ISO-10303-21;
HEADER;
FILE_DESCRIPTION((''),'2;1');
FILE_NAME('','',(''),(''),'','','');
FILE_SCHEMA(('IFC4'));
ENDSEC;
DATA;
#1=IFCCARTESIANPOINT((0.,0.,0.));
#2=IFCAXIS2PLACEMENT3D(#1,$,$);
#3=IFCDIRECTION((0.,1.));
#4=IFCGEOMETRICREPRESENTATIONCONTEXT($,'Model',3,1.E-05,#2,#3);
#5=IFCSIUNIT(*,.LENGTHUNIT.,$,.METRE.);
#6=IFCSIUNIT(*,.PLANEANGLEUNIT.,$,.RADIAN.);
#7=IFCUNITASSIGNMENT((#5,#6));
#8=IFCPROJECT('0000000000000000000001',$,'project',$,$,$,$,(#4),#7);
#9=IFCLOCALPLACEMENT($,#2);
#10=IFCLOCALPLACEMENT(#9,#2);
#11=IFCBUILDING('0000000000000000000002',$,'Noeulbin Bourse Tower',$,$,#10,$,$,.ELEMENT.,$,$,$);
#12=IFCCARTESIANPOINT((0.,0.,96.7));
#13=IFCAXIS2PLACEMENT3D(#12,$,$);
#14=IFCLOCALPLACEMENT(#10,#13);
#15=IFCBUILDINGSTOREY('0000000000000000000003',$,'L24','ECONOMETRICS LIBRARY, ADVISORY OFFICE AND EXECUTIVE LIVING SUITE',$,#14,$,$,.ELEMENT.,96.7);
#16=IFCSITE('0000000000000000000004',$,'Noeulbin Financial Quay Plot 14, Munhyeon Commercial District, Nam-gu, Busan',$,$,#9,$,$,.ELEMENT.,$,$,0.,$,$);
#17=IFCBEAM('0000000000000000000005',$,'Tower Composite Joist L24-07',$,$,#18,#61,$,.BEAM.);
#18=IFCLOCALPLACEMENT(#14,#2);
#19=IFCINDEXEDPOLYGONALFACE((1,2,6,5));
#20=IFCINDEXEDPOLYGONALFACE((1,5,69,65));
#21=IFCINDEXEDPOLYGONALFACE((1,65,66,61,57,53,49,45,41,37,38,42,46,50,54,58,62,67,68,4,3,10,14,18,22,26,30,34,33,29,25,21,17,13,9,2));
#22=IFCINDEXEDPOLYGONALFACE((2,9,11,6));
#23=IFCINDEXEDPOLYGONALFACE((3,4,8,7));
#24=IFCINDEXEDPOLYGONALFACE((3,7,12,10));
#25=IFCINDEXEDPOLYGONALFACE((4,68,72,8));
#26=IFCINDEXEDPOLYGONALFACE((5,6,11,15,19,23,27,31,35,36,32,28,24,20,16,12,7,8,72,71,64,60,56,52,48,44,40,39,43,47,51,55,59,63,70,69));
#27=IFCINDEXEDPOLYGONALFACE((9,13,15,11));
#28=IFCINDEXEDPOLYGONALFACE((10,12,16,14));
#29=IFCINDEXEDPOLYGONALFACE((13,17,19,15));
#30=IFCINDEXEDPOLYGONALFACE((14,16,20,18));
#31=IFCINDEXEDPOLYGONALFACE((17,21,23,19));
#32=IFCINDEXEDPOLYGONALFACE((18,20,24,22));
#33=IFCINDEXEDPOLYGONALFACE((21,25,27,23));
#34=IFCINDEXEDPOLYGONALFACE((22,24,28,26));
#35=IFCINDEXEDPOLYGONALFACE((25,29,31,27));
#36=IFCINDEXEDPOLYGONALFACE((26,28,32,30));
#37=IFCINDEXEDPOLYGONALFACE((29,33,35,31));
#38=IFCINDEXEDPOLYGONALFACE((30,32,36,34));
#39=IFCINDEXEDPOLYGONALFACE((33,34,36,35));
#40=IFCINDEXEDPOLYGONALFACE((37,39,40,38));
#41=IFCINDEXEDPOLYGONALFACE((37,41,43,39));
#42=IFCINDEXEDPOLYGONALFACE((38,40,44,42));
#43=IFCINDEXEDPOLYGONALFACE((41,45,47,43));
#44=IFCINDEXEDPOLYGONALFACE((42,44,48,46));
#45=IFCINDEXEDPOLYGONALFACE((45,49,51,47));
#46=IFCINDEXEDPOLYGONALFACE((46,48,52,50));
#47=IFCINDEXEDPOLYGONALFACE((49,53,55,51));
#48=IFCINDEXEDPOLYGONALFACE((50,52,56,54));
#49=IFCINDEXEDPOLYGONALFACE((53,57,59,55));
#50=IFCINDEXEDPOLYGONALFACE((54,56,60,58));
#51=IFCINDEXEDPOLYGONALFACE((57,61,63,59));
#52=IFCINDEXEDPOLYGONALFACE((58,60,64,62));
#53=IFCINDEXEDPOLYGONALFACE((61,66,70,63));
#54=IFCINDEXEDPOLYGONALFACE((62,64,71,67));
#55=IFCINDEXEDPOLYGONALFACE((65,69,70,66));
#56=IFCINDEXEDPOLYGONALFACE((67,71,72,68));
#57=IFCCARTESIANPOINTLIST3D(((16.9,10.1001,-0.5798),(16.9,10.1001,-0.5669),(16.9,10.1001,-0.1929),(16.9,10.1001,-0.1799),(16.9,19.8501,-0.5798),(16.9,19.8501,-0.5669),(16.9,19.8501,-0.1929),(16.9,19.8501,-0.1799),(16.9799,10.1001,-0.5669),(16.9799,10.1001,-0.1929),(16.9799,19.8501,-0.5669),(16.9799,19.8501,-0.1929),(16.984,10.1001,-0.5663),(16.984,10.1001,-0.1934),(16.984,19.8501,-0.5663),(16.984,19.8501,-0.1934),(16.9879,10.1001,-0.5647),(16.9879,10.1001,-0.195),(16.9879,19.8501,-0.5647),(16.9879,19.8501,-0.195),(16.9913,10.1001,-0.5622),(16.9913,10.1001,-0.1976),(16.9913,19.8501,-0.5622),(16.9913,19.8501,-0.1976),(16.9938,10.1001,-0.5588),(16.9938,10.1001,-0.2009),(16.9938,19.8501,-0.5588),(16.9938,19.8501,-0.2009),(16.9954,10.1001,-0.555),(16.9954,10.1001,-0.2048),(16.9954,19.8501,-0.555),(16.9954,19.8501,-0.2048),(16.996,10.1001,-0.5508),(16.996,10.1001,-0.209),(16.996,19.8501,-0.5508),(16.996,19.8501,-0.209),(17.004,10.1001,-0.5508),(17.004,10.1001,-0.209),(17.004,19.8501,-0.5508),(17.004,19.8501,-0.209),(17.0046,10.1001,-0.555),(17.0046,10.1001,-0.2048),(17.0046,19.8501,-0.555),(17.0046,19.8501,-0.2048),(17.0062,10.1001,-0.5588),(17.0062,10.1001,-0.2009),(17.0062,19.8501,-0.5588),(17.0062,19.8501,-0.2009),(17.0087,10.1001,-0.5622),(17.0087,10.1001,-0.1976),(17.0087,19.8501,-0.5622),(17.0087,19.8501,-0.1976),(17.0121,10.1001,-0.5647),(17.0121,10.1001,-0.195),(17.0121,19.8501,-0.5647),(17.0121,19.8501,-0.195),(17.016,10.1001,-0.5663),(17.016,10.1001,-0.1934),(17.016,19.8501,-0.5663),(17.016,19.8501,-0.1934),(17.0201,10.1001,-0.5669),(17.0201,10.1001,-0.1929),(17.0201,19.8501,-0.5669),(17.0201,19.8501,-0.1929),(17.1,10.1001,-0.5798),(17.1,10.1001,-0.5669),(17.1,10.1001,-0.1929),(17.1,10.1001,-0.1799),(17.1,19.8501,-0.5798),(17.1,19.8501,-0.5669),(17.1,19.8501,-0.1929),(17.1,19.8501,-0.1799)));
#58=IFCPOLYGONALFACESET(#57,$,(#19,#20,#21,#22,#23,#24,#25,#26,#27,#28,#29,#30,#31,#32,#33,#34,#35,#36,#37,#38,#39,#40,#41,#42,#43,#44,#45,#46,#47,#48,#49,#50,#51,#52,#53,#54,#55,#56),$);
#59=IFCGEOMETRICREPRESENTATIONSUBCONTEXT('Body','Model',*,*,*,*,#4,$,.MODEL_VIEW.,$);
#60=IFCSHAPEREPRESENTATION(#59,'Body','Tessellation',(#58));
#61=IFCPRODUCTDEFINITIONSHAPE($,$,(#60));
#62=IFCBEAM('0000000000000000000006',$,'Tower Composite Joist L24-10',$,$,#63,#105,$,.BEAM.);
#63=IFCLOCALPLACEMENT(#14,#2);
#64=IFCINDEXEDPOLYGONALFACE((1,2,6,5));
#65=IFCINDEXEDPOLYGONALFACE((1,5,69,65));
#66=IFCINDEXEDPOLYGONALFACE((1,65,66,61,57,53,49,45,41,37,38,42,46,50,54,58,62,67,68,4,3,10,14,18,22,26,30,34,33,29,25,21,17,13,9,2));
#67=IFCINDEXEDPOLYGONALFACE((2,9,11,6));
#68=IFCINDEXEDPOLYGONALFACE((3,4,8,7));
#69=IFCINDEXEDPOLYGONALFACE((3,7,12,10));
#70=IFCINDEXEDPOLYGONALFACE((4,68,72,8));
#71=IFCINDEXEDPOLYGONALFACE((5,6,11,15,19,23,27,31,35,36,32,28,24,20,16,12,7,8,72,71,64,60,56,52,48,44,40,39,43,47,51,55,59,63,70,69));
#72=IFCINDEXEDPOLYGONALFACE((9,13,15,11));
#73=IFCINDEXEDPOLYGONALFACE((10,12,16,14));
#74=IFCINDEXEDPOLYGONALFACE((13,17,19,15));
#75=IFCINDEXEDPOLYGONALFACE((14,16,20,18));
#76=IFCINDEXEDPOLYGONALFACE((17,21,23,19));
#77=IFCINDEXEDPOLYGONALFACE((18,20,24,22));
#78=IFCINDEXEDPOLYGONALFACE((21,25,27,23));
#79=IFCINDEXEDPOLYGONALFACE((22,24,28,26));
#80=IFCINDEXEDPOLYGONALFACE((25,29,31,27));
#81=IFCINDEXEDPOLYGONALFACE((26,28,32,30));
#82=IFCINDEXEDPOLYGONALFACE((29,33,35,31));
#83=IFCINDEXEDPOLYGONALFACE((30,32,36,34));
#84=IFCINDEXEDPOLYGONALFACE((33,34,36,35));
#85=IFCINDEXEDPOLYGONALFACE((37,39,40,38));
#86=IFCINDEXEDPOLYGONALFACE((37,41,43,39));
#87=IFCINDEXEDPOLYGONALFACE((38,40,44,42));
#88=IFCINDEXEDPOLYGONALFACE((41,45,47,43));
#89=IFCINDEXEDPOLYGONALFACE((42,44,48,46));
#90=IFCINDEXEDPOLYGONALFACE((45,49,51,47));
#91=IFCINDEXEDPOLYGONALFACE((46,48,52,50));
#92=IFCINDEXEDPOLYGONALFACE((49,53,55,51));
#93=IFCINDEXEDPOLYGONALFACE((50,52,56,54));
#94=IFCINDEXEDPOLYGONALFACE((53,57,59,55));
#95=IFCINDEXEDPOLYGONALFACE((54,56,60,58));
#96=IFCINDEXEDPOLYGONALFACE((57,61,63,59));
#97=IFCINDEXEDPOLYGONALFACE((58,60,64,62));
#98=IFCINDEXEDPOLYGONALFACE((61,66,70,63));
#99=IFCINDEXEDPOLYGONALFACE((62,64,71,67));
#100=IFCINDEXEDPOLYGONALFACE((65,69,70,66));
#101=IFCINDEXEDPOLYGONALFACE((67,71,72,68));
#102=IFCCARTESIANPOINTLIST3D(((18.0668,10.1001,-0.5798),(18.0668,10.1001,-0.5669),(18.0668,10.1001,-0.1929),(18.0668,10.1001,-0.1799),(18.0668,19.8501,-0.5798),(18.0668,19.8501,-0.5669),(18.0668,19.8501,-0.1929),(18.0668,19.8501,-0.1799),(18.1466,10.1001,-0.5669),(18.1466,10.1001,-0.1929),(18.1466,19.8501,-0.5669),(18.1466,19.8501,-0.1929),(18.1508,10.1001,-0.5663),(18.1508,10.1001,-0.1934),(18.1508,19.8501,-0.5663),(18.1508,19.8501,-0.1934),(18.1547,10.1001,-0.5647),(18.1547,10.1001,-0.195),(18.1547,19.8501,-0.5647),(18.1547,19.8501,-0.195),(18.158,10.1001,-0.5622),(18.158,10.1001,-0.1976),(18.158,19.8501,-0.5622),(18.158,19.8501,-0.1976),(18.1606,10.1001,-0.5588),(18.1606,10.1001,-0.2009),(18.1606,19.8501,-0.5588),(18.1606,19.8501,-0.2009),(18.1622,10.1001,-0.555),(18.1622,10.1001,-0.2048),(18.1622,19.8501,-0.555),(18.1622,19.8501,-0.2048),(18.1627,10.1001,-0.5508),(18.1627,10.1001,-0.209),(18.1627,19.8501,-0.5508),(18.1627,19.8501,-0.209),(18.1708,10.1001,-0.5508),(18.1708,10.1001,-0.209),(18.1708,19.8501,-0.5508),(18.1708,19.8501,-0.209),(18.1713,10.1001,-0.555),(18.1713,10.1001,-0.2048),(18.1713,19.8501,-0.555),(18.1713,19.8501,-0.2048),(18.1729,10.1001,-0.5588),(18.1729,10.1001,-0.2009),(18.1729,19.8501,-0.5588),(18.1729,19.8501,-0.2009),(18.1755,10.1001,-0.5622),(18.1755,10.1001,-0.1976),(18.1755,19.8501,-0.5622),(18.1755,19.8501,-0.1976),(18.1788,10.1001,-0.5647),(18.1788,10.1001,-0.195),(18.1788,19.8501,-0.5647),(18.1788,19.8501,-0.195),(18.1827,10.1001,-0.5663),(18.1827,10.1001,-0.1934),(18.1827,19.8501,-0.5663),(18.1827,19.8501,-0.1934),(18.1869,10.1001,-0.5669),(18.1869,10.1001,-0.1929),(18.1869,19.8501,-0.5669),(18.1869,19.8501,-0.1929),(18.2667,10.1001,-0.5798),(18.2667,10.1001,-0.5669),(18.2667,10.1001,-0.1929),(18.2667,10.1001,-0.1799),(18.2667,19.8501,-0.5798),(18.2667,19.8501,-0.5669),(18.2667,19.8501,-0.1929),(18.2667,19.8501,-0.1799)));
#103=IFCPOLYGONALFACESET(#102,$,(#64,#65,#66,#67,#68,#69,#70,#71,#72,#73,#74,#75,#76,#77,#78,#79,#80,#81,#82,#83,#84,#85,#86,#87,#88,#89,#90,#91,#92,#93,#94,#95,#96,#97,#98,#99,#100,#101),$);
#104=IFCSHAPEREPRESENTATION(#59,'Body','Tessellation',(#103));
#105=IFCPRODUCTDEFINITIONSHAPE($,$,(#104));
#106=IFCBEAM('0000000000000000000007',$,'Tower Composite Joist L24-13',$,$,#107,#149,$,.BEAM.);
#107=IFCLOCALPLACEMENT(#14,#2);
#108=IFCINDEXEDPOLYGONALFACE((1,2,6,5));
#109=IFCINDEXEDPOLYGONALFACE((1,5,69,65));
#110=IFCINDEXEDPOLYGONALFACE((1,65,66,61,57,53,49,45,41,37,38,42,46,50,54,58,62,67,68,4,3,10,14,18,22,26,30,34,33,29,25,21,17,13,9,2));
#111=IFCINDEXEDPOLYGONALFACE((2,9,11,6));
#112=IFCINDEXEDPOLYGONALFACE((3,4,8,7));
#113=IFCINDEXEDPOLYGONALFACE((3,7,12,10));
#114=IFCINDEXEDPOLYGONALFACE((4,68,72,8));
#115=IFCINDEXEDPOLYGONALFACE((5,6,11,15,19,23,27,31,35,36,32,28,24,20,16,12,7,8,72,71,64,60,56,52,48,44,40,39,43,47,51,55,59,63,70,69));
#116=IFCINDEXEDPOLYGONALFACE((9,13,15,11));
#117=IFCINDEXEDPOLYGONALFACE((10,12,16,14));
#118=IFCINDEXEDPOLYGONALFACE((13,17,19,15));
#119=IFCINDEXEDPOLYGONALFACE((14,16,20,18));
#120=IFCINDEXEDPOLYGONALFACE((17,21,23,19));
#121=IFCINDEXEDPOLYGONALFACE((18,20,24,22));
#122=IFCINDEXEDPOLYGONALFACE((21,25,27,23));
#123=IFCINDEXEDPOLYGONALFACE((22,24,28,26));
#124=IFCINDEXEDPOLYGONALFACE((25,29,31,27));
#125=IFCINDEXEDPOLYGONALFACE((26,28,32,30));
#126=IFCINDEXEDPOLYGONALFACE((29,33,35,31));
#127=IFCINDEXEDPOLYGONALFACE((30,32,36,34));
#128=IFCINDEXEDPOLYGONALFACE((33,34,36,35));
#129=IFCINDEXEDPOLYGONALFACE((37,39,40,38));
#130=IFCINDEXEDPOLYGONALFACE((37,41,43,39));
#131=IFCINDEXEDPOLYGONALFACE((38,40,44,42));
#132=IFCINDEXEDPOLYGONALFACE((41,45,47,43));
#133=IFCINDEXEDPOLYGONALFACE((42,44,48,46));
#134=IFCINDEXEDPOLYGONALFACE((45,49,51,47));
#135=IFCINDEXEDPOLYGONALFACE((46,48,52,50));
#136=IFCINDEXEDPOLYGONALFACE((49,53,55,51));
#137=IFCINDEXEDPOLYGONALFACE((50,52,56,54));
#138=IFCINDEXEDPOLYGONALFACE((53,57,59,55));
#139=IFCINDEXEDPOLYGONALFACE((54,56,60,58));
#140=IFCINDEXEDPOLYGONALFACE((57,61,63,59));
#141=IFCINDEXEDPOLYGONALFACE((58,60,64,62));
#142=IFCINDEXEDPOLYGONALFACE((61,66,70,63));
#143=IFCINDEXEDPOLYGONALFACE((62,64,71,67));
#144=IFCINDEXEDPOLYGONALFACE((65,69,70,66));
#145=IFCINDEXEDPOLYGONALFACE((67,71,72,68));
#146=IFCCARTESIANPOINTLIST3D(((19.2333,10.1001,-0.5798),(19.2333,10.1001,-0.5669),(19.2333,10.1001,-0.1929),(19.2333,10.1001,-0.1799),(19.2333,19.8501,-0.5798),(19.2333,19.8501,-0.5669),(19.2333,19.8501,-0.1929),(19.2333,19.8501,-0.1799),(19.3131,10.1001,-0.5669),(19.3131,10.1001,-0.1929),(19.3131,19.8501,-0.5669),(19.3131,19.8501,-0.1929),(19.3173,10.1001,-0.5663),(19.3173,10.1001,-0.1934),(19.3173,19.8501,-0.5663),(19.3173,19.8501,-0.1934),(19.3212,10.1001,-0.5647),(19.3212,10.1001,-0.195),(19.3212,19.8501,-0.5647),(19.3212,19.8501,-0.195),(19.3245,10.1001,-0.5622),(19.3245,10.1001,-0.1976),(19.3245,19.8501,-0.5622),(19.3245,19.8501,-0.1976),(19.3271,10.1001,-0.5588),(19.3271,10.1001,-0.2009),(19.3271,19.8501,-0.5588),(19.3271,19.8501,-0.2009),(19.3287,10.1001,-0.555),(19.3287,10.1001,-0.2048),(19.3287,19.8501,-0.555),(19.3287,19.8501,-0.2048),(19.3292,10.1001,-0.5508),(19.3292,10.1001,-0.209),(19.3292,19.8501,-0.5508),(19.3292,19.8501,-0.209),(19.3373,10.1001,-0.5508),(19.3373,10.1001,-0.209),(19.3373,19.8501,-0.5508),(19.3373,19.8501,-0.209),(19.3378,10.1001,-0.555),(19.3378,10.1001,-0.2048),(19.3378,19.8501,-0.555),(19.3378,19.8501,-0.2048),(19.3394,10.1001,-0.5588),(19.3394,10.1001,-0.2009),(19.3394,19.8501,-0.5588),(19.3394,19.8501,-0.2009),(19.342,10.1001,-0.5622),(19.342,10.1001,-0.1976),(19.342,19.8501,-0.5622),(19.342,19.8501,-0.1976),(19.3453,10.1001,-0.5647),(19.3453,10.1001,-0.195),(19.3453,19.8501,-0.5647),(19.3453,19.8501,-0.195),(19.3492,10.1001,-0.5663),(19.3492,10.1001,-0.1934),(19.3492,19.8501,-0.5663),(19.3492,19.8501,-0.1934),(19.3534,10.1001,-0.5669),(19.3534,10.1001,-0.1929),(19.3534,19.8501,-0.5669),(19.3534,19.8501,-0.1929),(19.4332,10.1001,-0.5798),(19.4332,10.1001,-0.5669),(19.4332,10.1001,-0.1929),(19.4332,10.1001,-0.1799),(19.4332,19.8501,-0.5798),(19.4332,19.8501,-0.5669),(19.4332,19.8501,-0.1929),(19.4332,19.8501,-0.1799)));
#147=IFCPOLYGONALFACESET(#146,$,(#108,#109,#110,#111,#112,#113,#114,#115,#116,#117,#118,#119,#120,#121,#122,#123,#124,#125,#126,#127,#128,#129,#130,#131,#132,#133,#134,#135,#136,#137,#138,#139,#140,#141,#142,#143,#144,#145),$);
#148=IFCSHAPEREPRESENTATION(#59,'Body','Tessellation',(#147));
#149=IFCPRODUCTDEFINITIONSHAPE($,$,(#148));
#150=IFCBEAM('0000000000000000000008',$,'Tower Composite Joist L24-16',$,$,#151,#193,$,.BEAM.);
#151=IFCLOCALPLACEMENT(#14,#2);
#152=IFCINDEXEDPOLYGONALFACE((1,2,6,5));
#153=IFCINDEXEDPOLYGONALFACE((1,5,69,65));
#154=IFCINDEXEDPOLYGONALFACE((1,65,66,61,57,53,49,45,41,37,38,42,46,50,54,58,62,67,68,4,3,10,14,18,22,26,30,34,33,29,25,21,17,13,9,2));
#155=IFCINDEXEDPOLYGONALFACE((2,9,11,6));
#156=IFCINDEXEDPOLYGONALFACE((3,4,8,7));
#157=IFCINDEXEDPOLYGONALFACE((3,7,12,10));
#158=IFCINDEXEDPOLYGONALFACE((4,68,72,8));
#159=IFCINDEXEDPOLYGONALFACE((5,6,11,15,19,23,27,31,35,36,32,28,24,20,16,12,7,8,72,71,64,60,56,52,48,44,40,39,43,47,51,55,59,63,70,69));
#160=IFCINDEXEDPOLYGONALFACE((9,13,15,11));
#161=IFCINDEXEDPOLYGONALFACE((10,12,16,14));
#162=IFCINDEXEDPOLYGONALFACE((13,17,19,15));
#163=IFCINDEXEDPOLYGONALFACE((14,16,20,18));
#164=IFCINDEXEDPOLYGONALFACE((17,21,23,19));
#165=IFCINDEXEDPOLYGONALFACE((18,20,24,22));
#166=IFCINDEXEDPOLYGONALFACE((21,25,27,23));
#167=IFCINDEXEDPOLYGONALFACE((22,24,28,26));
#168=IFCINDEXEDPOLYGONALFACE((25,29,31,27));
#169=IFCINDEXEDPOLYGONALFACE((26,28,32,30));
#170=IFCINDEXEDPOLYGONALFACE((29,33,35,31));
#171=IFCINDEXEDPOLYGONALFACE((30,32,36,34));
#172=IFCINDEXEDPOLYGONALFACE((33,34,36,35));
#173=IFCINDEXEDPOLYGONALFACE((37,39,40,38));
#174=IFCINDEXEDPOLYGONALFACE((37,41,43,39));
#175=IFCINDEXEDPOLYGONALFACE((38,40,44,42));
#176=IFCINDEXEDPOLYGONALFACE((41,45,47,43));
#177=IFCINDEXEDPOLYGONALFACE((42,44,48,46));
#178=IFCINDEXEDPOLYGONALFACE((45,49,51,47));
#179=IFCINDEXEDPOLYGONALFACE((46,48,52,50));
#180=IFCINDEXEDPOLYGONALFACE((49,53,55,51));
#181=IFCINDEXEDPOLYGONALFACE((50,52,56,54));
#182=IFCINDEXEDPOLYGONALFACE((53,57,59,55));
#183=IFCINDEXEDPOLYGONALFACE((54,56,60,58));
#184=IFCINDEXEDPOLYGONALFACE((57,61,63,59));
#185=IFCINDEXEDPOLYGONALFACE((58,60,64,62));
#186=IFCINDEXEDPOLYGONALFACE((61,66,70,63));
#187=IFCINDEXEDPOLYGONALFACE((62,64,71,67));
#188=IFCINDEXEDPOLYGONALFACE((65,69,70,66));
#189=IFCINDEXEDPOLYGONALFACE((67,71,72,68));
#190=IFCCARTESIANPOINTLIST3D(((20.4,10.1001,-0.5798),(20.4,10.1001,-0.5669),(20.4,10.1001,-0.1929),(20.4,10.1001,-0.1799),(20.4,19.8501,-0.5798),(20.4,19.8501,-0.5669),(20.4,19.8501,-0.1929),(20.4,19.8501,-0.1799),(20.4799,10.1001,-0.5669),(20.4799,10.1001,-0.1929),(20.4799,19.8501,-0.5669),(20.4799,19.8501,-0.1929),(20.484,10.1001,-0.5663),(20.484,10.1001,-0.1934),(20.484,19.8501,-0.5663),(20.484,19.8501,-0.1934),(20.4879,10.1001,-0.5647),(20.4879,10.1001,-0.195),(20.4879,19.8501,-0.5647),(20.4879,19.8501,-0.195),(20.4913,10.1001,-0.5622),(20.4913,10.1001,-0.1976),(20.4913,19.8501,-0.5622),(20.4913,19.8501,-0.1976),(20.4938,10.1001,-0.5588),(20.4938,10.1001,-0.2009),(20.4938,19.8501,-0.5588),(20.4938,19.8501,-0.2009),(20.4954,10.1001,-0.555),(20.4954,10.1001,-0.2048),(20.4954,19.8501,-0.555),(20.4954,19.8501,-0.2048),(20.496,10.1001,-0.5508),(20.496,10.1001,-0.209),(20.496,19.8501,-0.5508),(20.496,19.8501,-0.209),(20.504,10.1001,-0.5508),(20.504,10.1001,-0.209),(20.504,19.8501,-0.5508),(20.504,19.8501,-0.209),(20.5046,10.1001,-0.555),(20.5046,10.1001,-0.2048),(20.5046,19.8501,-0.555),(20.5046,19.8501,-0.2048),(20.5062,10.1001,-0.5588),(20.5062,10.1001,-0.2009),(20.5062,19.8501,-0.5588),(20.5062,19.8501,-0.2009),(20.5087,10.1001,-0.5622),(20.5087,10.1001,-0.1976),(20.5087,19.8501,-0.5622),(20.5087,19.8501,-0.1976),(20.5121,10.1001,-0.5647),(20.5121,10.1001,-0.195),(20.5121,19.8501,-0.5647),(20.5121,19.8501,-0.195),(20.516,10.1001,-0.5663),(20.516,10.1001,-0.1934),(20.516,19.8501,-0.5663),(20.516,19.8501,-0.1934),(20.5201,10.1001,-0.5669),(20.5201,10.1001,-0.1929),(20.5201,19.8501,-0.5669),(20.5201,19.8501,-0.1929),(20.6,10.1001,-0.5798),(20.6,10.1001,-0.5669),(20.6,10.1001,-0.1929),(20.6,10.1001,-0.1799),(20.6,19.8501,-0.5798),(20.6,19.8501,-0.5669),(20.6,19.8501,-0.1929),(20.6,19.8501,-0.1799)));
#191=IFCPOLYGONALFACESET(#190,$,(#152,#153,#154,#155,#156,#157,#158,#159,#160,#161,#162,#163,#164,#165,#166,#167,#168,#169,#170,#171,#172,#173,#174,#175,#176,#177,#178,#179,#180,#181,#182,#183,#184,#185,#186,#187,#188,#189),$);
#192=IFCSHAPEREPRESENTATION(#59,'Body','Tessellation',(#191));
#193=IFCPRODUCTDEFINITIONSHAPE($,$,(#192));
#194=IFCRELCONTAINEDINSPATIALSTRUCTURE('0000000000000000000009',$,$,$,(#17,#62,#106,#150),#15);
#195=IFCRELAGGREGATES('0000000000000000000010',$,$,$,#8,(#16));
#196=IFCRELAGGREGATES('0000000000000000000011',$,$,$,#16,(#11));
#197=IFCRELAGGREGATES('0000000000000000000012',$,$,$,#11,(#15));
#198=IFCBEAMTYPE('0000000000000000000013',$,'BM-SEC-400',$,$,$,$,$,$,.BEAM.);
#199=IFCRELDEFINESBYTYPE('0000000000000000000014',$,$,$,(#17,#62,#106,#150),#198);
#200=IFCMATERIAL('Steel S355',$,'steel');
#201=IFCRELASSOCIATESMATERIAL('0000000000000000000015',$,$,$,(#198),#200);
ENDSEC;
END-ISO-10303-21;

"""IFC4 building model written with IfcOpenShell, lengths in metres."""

from ifc_helpers import new_model, si_unit, direction, frame, origin, origin_2d, place, context, subcontext, project, spatial, i_section, extrude, material, material_profile, profile_set, type_object, element, save


model = new_model("IFC4")

# Units and contexts
model_context = context("Model", 3, precision=1e-05, world=origin(), true_north=direction((0.0, 1.0)))
body_context = subcontext(model_context, "Body", "Model", "MODEL_VIEW")
ifc_project = project(units=[si_unit("LENGTHUNIT", "METRE"), si_unit("PLANEANGLEUNIT", "RADIAN")], contexts=[model_context])

# Site, building, storey
site_placement = place(None, origin())
site = spatial("IfcSite", under=ifc_project, at=site_placement, Name="Noeulbin Financial Quay Plot 14, Munhyeon Commercial District, Nam-gu, Busan", CompositionType="ELEMENT", RefElevation=0.0)
building_placement = place(site_placement, origin())
building = spatial("IfcBuilding", under=site, at=building_placement, Name="Noeulbin Bourse Tower", CompositionType="ELEMENT")
storey_placement = place(building_placement, frame((0.0, 0.0, 96.7)))
storey = spatial("IfcBuildingStorey", under=building, at=storey_placement, Name="L24", Description="ECONOMETRICS LIBRARY, ADVISORY OFFICE AND EXECUTIVE LIVING SUITE", CompositionType="ELEMENT", Elevation=96.7)

# Beams
ifc_material_1 = material(Name="Steel S355", Category="steel")
ifc_material_profile_1 = material_profile(ifc_material_1, i_section(OverallWidth=0.2, OverallDepth=0.3999, WebThickness=0.0081, FlangeThickness=0.0129, FilletRadius=0.0161, at=origin_2d()), Name="H-400x200x8x13", Category="LoadBearing")
ifc_profile_set_1 = profile_set([ifc_material_profile_1], Name="Steel S355")
beam_type_1 = type_object("IfcBeamType", Name="BM-SEC-400", PredefinedType="BEAM", material=ifc_profile_set_1)
for number, where, z_axis, x_axis, name in (
    (1, (17.0, 10.1001, -0.3799), (0.0, 1.0, 0.0), (-1.0, 0.0, 0.0), "Tower Composite Joist L24-07"),
    (2, (18.1667, 10.1001, -0.3799), (0.0, 1.0, 0.0), (-1.0, 0.0, 0.0), "Tower Composite Joist L24-10"),
    (3, (19.3333, 10.1001, -0.3799), (0.0, 1.0, 0.0), (-1.0, 0.0, 0.0), "Tower Composite Joist L24-13"),
    (4, (20.5, 10.1001, -0.3799), (0.0, 1.0, 0.0), (-1.0, 0.0, 0.0), "Tower Composite Joist L24-16"),
):
    element("IfcBeam", number, at=place(storey_placement, frame(where, z_axis=z_axis, x_axis=x_axis)), inside=storey, type_object=beam_type_1, Name=name, PredefinedType="BEAM", context=body_context, shape_type="SweptSolid", body=[
        extrude(i_section(OverallWidth=0.2, OverallDepth=0.3999, WebThickness=0.0081, FlangeThickness=0.0129, FilletRadius=0.0161, at=origin_2d()), origin(), (0.0, 0.0, 1.0), 9.75),
    ])

save(model, "model.ifc")
